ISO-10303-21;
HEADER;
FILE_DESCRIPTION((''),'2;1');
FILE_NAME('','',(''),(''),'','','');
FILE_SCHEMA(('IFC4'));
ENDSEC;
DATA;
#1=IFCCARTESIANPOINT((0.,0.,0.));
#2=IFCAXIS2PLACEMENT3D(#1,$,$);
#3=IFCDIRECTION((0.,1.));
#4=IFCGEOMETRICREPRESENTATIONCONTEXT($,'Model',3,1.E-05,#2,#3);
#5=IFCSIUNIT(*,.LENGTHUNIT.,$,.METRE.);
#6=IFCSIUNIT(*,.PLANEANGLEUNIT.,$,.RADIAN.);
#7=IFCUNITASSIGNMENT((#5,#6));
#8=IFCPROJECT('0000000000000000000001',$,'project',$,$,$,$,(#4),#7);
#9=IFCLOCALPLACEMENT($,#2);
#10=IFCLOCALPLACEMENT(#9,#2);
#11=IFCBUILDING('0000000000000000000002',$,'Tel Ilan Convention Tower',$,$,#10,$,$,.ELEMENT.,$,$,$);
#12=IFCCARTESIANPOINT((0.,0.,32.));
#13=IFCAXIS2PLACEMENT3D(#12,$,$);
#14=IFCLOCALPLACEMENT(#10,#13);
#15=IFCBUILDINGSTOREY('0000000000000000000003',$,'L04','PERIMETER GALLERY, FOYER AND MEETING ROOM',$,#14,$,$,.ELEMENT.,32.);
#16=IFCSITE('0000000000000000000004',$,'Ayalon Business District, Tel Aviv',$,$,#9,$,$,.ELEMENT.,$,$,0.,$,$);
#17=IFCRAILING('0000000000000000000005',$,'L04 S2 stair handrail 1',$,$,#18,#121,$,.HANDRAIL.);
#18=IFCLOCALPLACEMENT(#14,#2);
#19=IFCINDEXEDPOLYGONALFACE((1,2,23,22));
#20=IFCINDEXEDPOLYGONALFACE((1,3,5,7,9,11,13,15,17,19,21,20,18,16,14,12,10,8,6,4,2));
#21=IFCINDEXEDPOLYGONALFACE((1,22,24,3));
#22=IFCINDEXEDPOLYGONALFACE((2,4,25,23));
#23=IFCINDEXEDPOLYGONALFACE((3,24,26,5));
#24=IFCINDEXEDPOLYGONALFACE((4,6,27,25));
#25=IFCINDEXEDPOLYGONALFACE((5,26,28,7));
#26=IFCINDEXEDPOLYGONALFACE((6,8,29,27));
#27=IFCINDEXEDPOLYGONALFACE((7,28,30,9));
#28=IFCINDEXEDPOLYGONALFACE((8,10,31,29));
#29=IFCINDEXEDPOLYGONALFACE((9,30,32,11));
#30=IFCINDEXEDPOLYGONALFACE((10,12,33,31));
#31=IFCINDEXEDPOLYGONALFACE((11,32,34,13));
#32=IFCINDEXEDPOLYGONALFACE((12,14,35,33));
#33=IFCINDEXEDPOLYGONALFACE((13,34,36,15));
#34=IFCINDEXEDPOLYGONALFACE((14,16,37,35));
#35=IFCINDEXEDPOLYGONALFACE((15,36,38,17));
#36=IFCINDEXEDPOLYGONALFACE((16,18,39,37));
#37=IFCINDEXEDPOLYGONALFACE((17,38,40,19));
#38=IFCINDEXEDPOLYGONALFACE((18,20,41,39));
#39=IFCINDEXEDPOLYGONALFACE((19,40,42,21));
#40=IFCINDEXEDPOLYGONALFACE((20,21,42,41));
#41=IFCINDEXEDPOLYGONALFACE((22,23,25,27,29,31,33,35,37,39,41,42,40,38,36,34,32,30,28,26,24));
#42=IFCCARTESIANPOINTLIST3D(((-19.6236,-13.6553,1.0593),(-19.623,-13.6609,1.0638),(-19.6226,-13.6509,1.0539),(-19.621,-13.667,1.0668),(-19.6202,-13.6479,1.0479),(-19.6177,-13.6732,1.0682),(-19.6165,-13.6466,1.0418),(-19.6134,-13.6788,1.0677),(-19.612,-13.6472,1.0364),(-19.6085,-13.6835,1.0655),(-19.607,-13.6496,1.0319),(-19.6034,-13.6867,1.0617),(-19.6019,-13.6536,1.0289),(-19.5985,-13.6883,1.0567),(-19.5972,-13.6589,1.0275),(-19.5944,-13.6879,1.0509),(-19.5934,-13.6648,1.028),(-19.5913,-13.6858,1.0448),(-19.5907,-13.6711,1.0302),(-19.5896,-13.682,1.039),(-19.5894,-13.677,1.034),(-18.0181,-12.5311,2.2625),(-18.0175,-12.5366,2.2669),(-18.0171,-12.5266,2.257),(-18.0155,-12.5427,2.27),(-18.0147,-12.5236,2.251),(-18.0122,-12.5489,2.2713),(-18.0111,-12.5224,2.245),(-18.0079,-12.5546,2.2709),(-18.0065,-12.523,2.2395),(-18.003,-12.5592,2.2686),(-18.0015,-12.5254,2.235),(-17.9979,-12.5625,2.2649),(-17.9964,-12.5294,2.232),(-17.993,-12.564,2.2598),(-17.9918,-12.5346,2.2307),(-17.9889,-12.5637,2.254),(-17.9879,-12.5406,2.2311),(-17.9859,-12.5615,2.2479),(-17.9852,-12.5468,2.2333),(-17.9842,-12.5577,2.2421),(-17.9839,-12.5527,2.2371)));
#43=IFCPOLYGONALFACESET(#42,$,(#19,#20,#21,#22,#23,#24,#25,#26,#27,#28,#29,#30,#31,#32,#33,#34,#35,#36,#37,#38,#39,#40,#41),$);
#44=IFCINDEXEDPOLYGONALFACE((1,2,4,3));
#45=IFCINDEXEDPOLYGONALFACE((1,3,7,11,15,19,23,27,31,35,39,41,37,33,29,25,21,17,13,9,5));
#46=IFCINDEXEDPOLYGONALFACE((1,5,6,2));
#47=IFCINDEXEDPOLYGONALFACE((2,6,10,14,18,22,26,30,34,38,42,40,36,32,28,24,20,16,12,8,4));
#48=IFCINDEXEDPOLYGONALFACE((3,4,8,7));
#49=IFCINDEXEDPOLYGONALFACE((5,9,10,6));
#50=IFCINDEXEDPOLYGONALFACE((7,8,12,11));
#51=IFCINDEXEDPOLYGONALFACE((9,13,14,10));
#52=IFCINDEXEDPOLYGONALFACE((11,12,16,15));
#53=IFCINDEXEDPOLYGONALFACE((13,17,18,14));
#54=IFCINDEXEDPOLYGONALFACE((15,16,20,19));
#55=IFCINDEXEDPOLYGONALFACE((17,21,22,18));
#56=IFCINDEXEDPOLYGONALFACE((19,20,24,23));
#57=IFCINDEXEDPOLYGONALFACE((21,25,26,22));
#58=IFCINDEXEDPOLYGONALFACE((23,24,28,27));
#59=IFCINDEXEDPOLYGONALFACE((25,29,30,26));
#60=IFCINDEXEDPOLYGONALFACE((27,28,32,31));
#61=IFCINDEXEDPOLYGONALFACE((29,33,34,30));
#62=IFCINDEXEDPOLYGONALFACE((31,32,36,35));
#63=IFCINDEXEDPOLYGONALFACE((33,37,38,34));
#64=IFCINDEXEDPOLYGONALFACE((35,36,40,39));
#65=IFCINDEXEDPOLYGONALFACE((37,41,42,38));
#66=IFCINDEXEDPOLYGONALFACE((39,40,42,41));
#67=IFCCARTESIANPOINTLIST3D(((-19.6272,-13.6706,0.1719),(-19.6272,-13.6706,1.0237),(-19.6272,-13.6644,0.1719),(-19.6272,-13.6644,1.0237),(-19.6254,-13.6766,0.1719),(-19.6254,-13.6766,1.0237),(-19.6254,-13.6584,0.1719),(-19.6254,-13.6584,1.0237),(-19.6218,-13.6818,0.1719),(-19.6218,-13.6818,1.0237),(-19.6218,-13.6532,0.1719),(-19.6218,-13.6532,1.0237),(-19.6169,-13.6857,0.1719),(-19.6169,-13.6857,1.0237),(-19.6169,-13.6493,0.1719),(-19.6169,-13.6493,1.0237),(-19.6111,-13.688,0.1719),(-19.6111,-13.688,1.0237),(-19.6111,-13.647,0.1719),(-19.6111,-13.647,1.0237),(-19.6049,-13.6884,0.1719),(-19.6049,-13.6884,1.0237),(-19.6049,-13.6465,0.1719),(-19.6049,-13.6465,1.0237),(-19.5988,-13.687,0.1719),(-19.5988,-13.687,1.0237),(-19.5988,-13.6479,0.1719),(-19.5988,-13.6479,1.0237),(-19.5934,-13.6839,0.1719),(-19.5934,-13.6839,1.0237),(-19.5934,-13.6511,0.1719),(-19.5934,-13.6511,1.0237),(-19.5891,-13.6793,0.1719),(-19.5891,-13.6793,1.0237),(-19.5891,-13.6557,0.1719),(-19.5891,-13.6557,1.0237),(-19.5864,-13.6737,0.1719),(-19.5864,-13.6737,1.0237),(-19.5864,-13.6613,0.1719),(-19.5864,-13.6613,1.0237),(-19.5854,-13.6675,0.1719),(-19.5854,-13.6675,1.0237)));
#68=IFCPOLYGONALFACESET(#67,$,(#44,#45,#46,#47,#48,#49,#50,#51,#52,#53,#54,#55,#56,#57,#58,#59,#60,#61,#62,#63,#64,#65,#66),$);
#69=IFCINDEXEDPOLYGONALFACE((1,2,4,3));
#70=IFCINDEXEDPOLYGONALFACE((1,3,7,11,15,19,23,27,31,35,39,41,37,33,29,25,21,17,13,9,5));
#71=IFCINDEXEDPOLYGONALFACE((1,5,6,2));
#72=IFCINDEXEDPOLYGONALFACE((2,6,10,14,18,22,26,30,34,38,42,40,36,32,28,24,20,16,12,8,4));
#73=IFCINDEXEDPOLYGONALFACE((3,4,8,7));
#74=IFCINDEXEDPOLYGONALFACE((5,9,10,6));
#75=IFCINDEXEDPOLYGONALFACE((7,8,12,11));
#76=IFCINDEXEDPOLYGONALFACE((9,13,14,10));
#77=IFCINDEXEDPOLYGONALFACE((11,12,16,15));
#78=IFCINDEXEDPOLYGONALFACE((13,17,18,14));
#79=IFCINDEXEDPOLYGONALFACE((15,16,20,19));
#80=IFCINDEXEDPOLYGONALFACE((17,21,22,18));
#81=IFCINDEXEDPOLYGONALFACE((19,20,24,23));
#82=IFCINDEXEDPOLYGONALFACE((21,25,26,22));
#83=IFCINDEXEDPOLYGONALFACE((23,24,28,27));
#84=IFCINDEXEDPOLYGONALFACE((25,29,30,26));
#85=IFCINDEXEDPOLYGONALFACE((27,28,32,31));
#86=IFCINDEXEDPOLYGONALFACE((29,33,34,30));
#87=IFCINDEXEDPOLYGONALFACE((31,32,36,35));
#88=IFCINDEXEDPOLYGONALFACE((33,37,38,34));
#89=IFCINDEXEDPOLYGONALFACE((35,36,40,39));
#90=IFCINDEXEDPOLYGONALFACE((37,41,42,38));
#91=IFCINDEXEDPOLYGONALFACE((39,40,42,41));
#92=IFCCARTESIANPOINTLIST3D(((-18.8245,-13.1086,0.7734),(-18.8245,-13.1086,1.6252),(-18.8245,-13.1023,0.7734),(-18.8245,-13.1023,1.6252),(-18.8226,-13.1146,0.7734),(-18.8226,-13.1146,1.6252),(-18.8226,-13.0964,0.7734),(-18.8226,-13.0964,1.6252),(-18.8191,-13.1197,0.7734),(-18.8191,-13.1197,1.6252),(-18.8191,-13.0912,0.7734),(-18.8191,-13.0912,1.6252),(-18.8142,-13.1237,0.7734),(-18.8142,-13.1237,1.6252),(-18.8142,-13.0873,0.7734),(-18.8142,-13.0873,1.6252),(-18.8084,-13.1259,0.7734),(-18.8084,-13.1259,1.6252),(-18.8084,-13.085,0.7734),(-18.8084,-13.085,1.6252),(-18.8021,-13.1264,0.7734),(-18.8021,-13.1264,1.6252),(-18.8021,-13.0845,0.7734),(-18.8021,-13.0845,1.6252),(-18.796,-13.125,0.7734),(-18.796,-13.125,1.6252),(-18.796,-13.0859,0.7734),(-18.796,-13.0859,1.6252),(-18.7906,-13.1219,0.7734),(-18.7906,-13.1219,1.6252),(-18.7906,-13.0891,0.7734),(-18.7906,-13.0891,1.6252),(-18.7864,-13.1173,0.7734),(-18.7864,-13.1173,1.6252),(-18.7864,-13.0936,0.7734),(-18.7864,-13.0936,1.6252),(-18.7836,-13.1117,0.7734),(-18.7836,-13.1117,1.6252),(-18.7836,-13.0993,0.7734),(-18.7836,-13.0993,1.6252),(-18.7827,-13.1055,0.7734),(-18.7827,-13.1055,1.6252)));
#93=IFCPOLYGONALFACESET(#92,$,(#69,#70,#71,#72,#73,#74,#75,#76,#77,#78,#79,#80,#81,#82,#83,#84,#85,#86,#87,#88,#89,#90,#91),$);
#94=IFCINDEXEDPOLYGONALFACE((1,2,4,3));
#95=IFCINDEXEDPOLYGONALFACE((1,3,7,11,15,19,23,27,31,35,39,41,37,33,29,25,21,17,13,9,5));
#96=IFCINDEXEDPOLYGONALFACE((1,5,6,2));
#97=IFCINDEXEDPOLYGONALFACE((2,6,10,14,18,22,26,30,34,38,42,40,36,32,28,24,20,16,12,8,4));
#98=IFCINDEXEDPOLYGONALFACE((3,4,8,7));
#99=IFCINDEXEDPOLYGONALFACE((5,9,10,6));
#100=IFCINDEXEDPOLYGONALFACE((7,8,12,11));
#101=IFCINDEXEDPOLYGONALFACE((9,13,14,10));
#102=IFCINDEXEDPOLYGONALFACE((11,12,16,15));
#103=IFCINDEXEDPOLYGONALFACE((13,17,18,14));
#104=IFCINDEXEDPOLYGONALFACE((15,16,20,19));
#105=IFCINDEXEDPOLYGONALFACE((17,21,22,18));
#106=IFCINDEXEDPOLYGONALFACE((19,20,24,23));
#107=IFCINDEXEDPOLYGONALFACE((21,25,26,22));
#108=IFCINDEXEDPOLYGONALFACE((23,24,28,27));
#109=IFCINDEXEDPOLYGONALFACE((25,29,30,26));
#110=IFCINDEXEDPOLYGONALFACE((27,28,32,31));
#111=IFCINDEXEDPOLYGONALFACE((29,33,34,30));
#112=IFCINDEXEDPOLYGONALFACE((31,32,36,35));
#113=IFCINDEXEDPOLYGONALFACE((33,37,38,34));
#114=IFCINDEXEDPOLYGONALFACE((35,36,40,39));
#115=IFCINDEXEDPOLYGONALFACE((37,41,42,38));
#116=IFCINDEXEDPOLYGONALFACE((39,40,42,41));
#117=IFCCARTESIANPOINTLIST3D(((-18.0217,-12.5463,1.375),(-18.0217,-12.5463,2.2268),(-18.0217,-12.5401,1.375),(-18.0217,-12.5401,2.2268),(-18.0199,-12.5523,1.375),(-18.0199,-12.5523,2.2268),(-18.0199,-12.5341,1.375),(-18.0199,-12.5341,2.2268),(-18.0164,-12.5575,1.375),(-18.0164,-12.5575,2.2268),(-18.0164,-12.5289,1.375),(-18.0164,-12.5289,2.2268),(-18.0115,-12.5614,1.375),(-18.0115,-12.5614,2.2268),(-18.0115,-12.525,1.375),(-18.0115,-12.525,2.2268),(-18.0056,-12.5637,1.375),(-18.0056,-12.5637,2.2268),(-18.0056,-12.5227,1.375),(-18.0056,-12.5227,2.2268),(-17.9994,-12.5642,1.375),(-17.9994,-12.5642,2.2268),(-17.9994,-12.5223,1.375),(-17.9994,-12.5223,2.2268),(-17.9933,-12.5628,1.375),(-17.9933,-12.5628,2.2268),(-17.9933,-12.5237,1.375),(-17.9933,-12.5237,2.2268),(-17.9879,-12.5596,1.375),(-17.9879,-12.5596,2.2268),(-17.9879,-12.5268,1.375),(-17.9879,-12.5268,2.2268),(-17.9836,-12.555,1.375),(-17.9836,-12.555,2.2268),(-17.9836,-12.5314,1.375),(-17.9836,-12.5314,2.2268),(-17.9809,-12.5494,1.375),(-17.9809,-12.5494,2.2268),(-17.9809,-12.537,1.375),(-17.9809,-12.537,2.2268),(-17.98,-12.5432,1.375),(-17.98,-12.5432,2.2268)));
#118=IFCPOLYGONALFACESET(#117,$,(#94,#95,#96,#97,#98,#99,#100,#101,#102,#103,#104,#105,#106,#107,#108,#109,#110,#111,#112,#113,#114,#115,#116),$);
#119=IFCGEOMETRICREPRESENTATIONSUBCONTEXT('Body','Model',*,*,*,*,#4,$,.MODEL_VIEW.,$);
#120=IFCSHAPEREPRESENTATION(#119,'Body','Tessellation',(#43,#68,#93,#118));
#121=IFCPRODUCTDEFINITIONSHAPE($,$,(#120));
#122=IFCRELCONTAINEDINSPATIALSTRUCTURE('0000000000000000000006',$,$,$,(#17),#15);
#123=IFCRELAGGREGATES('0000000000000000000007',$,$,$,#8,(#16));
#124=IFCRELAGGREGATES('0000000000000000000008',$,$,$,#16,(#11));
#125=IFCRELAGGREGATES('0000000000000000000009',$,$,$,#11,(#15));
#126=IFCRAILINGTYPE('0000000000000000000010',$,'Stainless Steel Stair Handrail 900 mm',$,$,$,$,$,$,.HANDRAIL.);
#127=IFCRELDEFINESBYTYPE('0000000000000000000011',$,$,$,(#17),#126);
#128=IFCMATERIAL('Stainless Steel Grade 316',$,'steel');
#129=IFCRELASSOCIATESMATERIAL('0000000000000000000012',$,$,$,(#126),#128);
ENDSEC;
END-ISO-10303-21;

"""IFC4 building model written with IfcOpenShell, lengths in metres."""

from ifc_helpers import new_model, si_unit, direction, frame, origin, origin_2d, place, context, subcontext, project, spatial, circle, extrude, material, type_object, element, save


model = new_model("IFC4")

# Units and contexts
model_context = context("Model", 3, precision=1e-05, world=origin(), true_north=direction((0.0, 1.0)))
body_context = subcontext(model_context, "Body", "Model", "MODEL_VIEW")
ifc_project = project(units=[si_unit("LENGTHUNIT", "METRE"), si_unit("PLANEANGLEUNIT", "RADIAN")], contexts=[model_context])

# Site, building, storey
site_placement = place(None, origin())
site = spatial("IfcSite", under=ifc_project, at=site_placement, Name="Ayalon Business District, Tel Aviv", CompositionType="ELEMENT", RefElevation=0.0)
building_placement = place(site_placement, origin())
building = spatial("IfcBuilding", under=site, at=building_placement, Name="Tel Ilan Convention Tower", CompositionType="ELEMENT")
storey_placement = place(building_placement, frame((0.0, 0.0, 32.0)))
storey = spatial("IfcBuildingStorey", under=building, at=storey_placement, Name="L04", Description="PERIMETER GALLERY, FOYER AND MEETING ROOM", CompositionType="ELEMENT", Elevation=32.0)

# Railing
ifc_material_1 = material(Name="Stainless Steel Grade 316", Category="steel")
railing_type_1 = type_object("IfcRailingType", Name="Stainless Steel Stair Handrail 900 mm", PredefinedType="HANDRAIL", material=ifc_material_1)
railing_1_placement = place(storey_placement, frame((-19.6064, -13.6675, 0.1719)))
element("IfcRailing", 1, at=railing_1_placement, inside=storey, type_object=railing_type_1, Name="L04 S2 stair handrail 1", PredefinedType="HANDRAIL", context=body_context, shape_type="SweptSolid", body=[
    extrude(circle(Radius=0.0239, at=origin_2d()), frame((0.0, 0.0, 0.876), z_axis=(0.698095, 0.488857, 0.523146), x_axis=(-0.573613, 0.819127, 0.0)), (0.0, 0.0, 1.0), 2.2998),
    extrude(circle(Radius=0.021, at=origin_2d()), origin(), (0.0, 0.0, 1.0), 0.8518),
    extrude(circle(Radius=0.021, at=origin_2d()), frame((0.8027, 0.562, 0.6016)), (0.0, 0.0, 1.0), 0.8518),
    extrude(circle(Radius=0.021, at=origin_2d()), frame((1.6055, 1.1243, 1.2031)), (0.0, 0.0, 1.0), 0.8518),
])

save(model, "model.ifc")
